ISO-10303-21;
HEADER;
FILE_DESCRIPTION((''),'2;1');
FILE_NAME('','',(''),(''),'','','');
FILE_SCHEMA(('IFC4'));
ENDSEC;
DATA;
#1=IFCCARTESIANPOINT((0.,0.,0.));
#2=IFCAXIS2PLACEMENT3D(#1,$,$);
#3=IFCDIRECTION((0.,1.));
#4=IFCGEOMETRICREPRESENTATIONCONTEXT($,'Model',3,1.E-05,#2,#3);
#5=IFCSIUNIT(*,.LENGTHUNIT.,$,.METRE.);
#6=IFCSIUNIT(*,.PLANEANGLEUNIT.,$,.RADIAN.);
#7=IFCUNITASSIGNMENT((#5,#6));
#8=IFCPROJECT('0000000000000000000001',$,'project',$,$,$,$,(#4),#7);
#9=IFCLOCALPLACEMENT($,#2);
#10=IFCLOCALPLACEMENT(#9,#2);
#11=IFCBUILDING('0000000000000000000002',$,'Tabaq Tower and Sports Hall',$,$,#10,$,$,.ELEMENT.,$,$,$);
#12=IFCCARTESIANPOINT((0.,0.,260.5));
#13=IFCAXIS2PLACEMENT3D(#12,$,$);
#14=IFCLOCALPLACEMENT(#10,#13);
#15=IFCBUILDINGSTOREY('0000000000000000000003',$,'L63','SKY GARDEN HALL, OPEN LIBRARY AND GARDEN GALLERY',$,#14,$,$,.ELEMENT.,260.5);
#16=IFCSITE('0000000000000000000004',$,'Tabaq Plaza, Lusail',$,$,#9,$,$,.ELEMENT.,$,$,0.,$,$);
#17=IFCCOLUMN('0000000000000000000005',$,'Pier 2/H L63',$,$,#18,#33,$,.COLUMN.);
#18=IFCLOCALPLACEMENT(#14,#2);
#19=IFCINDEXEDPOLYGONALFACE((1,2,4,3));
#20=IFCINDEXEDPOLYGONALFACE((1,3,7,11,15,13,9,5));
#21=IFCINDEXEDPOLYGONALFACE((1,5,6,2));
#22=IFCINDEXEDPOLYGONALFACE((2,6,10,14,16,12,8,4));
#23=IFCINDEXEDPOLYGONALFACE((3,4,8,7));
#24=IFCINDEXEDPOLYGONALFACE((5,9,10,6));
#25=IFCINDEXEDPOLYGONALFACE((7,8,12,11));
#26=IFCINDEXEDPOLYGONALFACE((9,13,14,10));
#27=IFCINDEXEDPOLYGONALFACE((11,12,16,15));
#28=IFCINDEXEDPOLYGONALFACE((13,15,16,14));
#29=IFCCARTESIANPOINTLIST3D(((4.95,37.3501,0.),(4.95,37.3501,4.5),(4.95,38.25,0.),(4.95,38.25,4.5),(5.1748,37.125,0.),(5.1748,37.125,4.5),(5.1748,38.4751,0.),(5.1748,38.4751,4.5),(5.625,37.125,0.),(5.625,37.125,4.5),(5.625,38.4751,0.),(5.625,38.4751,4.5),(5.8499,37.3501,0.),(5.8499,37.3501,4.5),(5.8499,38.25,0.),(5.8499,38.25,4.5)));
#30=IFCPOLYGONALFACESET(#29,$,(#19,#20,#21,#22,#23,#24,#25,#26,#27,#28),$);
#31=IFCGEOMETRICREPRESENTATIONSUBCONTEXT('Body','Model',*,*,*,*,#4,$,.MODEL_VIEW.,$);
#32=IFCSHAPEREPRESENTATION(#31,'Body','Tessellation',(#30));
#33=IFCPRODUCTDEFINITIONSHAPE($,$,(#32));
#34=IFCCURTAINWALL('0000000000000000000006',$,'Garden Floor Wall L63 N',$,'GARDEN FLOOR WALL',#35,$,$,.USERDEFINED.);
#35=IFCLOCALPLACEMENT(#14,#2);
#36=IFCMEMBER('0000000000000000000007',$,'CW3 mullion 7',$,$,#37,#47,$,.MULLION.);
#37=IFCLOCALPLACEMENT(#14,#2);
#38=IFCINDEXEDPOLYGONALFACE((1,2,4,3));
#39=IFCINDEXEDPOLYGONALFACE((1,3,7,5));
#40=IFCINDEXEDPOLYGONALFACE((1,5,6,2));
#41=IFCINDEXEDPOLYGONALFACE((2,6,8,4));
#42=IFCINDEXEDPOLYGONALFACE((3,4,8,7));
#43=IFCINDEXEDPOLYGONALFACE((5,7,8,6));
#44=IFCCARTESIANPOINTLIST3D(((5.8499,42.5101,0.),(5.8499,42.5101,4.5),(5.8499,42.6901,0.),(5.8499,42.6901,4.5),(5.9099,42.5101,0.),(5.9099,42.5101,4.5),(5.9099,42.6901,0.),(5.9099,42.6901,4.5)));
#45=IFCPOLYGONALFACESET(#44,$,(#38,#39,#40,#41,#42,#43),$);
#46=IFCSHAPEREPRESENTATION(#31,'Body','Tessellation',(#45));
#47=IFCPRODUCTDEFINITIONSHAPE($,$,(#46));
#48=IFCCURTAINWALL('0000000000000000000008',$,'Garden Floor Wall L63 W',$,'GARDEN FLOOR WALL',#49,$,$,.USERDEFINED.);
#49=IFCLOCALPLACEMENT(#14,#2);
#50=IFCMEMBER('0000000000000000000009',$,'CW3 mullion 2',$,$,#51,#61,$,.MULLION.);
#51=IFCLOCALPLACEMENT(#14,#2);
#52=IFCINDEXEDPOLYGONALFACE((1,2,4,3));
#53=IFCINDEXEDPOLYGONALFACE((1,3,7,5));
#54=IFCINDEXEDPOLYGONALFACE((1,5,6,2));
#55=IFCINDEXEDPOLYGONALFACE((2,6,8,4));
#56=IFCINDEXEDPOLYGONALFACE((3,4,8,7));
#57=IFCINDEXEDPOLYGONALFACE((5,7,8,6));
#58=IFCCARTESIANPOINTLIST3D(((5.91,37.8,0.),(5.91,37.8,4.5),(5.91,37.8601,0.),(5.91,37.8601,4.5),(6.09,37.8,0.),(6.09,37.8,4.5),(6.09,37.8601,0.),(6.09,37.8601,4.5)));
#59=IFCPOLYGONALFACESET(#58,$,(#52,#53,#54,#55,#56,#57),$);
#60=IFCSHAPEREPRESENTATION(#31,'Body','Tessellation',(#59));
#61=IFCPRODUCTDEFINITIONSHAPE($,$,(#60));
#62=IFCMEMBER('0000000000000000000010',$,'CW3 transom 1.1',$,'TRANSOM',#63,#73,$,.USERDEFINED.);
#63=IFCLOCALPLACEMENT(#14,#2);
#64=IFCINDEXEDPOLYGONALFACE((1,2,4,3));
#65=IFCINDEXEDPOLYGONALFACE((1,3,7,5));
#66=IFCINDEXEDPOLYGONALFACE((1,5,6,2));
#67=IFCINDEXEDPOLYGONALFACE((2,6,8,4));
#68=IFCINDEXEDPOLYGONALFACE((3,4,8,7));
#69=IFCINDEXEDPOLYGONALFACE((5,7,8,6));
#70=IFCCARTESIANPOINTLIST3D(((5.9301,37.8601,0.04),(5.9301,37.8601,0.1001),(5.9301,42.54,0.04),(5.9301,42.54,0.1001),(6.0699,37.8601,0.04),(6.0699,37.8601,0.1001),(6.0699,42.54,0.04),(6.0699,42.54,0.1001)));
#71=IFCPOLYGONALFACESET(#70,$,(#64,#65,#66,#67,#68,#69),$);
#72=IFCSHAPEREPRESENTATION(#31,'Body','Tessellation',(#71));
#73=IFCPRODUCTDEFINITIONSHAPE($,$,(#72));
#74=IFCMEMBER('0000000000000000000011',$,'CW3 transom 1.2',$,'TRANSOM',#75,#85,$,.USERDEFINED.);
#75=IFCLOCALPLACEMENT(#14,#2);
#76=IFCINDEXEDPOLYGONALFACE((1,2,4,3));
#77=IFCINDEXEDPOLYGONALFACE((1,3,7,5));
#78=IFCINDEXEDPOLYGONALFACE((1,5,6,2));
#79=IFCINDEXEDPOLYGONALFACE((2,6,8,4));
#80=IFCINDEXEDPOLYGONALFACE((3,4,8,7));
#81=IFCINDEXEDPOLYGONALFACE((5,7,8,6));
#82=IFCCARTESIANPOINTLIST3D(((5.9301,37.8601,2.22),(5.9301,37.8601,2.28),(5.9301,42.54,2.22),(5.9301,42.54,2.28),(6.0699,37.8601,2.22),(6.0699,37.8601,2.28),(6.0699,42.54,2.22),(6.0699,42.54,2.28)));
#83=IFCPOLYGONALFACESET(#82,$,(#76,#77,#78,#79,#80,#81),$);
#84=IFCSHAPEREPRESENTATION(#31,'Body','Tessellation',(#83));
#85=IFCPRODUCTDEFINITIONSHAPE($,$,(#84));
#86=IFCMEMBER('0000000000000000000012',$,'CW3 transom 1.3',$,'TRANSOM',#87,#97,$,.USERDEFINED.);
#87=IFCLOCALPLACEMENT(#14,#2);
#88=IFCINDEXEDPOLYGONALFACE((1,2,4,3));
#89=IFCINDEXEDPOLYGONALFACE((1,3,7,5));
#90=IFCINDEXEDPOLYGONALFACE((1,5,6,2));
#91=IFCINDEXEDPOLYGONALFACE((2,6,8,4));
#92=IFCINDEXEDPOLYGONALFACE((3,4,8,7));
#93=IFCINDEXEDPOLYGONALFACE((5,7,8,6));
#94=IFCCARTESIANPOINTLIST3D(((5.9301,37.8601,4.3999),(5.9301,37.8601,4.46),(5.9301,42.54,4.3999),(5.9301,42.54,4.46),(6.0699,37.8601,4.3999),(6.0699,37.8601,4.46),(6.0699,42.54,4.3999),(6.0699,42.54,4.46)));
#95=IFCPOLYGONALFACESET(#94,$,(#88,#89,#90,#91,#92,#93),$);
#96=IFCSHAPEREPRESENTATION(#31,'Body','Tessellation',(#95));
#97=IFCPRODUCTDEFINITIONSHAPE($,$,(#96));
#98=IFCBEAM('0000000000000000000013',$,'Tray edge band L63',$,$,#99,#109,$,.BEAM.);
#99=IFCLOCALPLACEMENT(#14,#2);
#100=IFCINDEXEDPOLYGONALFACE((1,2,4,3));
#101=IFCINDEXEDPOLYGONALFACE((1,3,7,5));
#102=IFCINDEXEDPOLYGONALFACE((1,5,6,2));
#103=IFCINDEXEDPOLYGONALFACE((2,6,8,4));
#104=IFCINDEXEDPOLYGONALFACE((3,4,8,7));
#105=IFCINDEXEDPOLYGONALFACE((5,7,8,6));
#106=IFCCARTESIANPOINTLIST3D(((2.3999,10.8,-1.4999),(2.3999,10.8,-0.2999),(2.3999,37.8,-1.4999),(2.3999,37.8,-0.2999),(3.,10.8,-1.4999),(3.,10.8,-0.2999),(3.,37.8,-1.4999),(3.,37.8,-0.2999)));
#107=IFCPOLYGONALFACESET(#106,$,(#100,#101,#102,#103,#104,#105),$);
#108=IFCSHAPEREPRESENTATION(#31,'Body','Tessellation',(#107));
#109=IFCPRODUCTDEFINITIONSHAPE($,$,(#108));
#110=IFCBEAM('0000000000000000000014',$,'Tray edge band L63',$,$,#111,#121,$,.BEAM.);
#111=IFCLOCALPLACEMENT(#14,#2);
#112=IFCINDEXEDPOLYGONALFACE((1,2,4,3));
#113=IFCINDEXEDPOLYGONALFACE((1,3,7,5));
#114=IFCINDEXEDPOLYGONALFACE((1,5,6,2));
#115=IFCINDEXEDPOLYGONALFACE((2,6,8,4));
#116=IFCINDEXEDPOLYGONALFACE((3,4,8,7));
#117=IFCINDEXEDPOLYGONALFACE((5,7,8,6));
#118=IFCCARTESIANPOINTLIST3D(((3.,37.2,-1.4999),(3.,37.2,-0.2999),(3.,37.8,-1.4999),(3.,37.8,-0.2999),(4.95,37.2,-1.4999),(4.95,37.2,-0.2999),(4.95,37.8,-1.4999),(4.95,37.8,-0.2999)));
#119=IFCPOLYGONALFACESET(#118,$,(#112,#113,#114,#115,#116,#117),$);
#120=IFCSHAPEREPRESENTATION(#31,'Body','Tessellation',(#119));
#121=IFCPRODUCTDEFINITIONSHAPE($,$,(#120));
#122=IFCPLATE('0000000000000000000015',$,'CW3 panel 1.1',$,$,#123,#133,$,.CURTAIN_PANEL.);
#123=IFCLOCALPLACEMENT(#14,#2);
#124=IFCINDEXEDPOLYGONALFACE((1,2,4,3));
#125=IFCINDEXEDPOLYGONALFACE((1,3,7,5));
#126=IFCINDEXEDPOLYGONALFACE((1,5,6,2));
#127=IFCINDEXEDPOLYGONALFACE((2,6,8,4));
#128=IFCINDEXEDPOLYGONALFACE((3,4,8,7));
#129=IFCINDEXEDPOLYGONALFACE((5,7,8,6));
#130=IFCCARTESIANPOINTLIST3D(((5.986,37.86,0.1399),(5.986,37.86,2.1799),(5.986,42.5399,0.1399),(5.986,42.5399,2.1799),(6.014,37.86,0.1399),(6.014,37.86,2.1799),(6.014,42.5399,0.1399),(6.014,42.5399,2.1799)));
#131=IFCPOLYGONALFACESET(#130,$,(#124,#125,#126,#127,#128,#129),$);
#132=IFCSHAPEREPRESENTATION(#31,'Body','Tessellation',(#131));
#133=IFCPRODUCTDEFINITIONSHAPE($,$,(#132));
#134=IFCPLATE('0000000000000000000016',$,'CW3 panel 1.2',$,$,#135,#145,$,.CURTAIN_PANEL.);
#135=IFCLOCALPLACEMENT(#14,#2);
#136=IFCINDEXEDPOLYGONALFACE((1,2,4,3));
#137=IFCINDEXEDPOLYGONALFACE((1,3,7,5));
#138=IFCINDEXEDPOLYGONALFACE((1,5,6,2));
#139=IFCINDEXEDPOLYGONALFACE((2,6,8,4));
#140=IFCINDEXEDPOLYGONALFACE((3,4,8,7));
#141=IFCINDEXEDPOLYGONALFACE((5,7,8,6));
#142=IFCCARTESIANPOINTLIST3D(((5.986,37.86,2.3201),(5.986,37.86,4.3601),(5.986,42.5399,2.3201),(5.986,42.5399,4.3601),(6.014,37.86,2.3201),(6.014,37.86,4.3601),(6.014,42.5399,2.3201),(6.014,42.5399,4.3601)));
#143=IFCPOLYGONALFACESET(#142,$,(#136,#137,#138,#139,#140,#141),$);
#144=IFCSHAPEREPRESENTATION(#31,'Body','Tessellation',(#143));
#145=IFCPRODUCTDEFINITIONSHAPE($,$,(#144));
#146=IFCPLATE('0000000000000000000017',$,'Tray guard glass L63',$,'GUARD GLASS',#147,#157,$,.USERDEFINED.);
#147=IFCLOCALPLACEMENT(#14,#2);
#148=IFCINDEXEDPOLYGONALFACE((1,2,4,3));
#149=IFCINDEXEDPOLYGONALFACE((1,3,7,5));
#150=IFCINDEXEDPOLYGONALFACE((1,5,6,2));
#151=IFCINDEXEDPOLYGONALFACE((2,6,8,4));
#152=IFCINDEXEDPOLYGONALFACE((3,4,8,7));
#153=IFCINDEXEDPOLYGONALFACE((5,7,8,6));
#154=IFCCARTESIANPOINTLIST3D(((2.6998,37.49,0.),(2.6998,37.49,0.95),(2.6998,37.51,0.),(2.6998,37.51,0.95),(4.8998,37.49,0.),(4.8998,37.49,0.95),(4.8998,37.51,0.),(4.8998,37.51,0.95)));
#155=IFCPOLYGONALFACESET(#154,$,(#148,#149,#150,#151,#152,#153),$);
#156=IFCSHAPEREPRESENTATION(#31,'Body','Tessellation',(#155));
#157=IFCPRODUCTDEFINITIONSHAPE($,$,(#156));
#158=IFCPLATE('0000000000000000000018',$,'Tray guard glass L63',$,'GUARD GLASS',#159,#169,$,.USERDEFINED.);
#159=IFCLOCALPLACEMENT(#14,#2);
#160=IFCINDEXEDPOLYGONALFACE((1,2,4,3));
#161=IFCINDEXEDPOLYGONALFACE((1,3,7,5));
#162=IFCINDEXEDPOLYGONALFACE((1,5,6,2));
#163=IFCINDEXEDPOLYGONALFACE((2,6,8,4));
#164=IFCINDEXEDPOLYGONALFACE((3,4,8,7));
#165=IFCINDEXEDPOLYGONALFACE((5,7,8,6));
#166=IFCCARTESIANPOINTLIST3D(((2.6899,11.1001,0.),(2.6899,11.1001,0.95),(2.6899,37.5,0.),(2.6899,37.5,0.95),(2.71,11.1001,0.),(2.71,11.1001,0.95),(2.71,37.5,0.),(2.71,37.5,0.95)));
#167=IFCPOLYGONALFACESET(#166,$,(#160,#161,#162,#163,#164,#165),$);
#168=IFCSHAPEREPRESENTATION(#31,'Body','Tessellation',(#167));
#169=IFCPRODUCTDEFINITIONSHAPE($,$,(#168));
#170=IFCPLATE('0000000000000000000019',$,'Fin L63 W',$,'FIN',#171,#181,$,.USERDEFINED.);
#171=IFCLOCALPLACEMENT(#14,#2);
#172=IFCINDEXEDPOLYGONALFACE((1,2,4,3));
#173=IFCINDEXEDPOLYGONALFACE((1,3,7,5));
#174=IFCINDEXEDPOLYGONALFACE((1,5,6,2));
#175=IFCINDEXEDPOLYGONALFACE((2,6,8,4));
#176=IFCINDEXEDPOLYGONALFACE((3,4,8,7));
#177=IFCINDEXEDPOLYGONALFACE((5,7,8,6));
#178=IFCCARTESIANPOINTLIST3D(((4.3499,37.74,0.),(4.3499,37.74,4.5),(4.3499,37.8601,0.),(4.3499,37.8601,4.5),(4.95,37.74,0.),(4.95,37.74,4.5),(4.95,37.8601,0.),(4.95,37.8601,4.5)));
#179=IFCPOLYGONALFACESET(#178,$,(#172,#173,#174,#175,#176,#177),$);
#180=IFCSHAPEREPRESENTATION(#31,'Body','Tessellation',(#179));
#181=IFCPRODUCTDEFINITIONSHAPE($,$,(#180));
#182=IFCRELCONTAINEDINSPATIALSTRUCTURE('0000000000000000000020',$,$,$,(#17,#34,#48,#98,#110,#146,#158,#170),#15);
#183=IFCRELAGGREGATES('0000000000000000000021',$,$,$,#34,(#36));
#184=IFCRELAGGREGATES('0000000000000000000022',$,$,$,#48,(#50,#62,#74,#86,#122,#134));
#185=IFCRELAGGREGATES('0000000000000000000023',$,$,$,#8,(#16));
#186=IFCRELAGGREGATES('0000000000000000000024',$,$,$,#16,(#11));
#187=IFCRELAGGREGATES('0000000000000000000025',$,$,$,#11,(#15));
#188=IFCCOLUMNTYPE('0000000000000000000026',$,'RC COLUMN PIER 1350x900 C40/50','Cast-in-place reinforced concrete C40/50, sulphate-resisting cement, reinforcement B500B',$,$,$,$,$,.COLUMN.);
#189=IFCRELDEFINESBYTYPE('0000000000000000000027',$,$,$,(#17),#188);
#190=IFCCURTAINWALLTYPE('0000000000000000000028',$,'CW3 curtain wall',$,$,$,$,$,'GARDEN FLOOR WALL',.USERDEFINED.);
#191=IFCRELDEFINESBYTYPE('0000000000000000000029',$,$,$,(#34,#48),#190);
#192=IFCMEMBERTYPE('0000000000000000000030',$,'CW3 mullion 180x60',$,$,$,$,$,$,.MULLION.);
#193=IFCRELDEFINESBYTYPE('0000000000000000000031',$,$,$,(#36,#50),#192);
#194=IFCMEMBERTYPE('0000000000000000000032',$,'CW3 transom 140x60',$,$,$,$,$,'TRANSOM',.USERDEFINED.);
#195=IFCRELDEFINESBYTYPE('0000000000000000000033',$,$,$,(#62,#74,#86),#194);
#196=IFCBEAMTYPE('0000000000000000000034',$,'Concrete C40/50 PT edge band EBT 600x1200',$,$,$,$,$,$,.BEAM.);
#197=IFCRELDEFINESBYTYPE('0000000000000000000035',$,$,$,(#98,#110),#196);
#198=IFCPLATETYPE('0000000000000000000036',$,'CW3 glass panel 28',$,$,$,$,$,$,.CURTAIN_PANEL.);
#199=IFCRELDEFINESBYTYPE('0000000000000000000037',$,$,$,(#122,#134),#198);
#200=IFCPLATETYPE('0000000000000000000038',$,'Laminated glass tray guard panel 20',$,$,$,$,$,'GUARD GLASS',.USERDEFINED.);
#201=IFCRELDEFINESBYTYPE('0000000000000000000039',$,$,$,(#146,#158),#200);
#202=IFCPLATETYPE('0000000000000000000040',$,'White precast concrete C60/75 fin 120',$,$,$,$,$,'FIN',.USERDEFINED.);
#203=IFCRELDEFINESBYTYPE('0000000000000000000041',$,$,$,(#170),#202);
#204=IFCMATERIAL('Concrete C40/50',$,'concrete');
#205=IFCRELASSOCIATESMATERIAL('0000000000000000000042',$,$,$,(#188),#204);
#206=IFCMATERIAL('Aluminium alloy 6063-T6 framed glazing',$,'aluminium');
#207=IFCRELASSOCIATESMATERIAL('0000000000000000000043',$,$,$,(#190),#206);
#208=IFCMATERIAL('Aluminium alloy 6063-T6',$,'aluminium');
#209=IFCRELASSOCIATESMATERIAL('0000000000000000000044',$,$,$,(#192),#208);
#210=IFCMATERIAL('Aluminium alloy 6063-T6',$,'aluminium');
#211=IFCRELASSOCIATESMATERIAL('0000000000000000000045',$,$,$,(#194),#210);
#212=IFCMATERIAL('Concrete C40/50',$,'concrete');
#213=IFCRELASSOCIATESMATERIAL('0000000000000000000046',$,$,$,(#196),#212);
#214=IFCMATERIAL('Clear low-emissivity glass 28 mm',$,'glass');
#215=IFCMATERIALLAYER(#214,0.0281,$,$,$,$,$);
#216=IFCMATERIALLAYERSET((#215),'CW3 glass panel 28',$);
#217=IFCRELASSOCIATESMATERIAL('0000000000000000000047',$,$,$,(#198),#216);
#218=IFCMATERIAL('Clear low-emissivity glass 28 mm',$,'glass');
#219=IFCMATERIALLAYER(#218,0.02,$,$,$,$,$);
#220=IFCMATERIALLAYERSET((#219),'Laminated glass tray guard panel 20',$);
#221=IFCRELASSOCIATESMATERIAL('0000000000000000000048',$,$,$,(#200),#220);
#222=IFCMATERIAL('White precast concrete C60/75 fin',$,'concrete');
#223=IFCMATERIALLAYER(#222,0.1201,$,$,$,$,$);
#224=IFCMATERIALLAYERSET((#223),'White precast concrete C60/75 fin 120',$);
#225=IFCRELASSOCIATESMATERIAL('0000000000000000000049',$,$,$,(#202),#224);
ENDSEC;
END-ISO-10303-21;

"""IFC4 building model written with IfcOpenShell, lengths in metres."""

from ifc_helpers import new_model, si_unit, direction, frame, frame_2d, origin, origin_2d, place, context, subcontext, project, spatial, polyline, rectangle, outline, extrude, material, layer, layer_set, material_profile, profile_set, type_object, element, aggregate, save


model = new_model("IFC4")

# Units and contexts
model_context = context("Model", 3, precision=1e-05, world=origin(), true_north=direction((0.0, 1.0)))
body_context = subcontext(model_context, "Body", "Model", "MODEL_VIEW")
ifc_project = project(units=[si_unit("LENGTHUNIT", "METRE"), si_unit("PLANEANGLEUNIT", "RADIAN")], contexts=[model_context])

# Site, building, storey
site_placement = place(None, origin())
site = spatial("IfcSite", under=ifc_project, at=site_placement, Name="Tabaq Plaza, Lusail", CompositionType="ELEMENT", RefElevation=0.0)
building_placement = place(site_placement, origin())
building = spatial("IfcBuilding", under=site, at=building_placement, Name="Tabaq Tower and Sports Hall", CompositionType="ELEMENT")
storey_placement = place(building_placement, frame((0.0, 0.0, 260.5)))
storey = spatial("IfcBuildingStorey", under=building, at=storey_placement, Name="L63", Description="SKY GARDEN HALL, OPEN LIBRARY AND GARDEN GALLERY", CompositionType="ELEMENT", Elevation=260.5)

# Column
ifc_material_1 = material(Name="Concrete C40/50", Category="concrete")
ifc_material_profile_1 = material_profile(ifc_material_1, outline(polyline([(-0.45, -0.45), (0.45, -0.45), (0.675, -0.2251), (0.675, 0.2251), (0.45, 0.45), (-0.45, 0.45), (-0.675, 0.2251), (-0.675, -0.2251), (-0.45, -0.45)])), Name="PIER 1350x900")
ifc_profile_set_1 = profile_set([ifc_material_profile_1], Name="Concrete C40/50")
column_type = type_object("IfcColumnType", Name="RC COLUMN PIER 1350x900 C40/50", Description="Cast-in-place reinforced concrete C40/50, sulphate-resisting cement, reinforcement B500B", PredefinedType="COLUMN", material=ifc_profile_set_1)
column_placement = place(storey_placement, frame((5.3999, 37.8, 0.0), z_axis=(0.0, 0.0, 1.0), x_axis=(0.0, 1.0, 0.0)))
element("IfcColumn", 1, at=column_placement, inside=storey, type_object=column_type, Name="Pier 2/H L63", PredefinedType="COLUMN", context=body_context, shape_type="SweptSolid", body=[
    extrude(outline(polyline([(-0.45, -0.45), (0.45, -0.45), (0.675, -0.2251), (0.675, 0.2251), (0.45, 0.45), (-0.45, 0.45), (-0.675, 0.2251), (-0.675, -0.2251), (-0.45, -0.45)])), origin(), (0.0, 0.0, 1.0), 4.5),
])

# Curtain wall, member
ifc_material_2 = material(Name="Aluminium alloy 6063-T6 framed glazing", Category="aluminium")
curtain_wall_type = type_object("IfcCurtainWallType", Name="CW3 curtain wall", ElementType="GARDEN FLOOR WALL", PredefinedType="USERDEFINED", material=ifc_material_2)
curtain_wall_1_placement = place(storey_placement, origin())
curtain_wall_1 = element("IfcCurtainWall", 2, at=curtain_wall_1_placement, inside=storey, type_object=curtain_wall_type, Name="Garden Floor Wall L63 N", ObjectType="GARDEN FLOOR WALL", PredefinedType="USERDEFINED")
ifc_material_3 = material(Name="Aluminium alloy 6063-T6", Category="aluminium")
ifc_material_profile_2 = material_profile(ifc_material_3, rectangle(XDim=0.1799, YDim=0.0601, at=origin_2d()), Name="MULLION 180x60")
ifc_profile_set_2 = profile_set([ifc_material_profile_2], Name="Aluminium alloy 6063-T6")
member_type_1 = type_object("IfcMemberType", Name="CW3 mullion 180x60", PredefinedType="MULLION", material=ifc_profile_set_2)
member_1_placement = place(storey_placement, frame((5.8799, 42.6001, 0.0), z_axis=(0.0, 0.0, 1.0), x_axis=(0.0, -1.0, 0.0)))
member_1 = element("IfcMember", 3, at=member_1_placement, type_object=member_type_1, Name="CW3 mullion 7", PredefinedType="MULLION", context=body_context, shape_type="SweptSolid", body=[
    extrude(rectangle(XDim=0.1799, YDim=0.0601, at=origin_2d()), origin(), (0.0, 0.0, 1.0), 4.5),
])
aggregate(curtain_wall_1, [member_1])

# Curtain wall, members
curtain_wall_2_placement = place(storey_placement, origin())
curtain_wall_2 = element("IfcCurtainWall", 4, at=curtain_wall_2_placement, inside=storey, type_object=curtain_wall_type, Name="Garden Floor Wall L63 W", ObjectType="GARDEN FLOOR WALL", PredefinedType="USERDEFINED")
member_2_placement = place(storey_placement, frame((6.0, 37.8301, 0.0), z_axis=(0.0, 0.0, 1.0), x_axis=(1.0, 0.0, 0.0)))
member_2 = element("IfcMember", 5, at=member_2_placement, type_object=member_type_1, Name="CW3 mullion 2", PredefinedType="MULLION", context=body_context, shape_type="SweptSolid", body=[
    extrude(rectangle(XDim=0.1799, YDim=0.0601, at=origin_2d()), origin(), (0.0, 0.0, 1.0), 4.5),
])
ifc_material_4 = material(Name="Aluminium alloy 6063-T6", Category="aluminium")
ifc_material_profile_3 = material_profile(ifc_material_4, rectangle(XDim=0.1399, YDim=0.0601, at=origin_2d()), Name="TRANSOM 140x60")
ifc_profile_set_3 = profile_set([ifc_material_profile_3], Name="Aluminium alloy 6063-T6")
member_type_2 = type_object("IfcMemberType", Name="CW3 transom 140x60", ElementType="TRANSOM", PredefinedType="USERDEFINED", material=ifc_profile_set_3)
member_3_placement = place(storey_placement, frame((6.0, 42.54, 0.0701), z_axis=(0.0, -1.0, 0.0), x_axis=(1.0, 0.0, 0.0)))
member_3 = element("IfcMember", 6, at=member_3_placement, type_object=member_type_2, Name="CW3 transom 1.1", ObjectType="TRANSOM", PredefinedType="USERDEFINED", context=body_context, shape_type="SweptSolid", body=[
    extrude(rectangle(XDim=0.1399, YDim=0.0601, at=origin_2d()), origin(), (0.0, 0.0, 1.0), 4.6799),
])
member_4_placement = place(storey_placement, frame((6.0, 42.54, 2.25), z_axis=(0.0, -1.0, 0.0), x_axis=(1.0, 0.0, 0.0)))
member_4 = element("IfcMember", 7, at=member_4_placement, type_object=member_type_2, Name="CW3 transom 1.2", ObjectType="TRANSOM", PredefinedType="USERDEFINED", context=body_context, shape_type="SweptSolid", body=[
    extrude(rectangle(XDim=0.1399, YDim=0.0601, at=origin_2d()), origin(), (0.0, 0.0, 1.0), 4.6799),
])
member_5_placement = place(storey_placement, frame((6.0, 42.54, 4.4299), z_axis=(0.0, -1.0, 0.0), x_axis=(1.0, 0.0, 0.0)))
member_5 = element("IfcMember", 8, at=member_5_placement, type_object=member_type_2, Name="CW3 transom 1.3", ObjectType="TRANSOM", PredefinedType="USERDEFINED", context=body_context, shape_type="SweptSolid", body=[
    extrude(rectangle(XDim=0.1399, YDim=0.0601, at=origin_2d()), origin(), (0.0, 0.0, 1.0), 4.6799),
])

# Beams
ifc_material_5 = material(Name="Concrete C40/50", Category="concrete")
ifc_material_profile_4 = material_profile(ifc_material_5, rectangle(XDim=0.6001, YDim=1.2, at=origin_2d()), Name="EBT 600x1200")
ifc_profile_set_4 = profile_set([ifc_material_profile_4], Name="Concrete C40/50")
beam_type = type_object("IfcBeamType", Name="Concrete C40/50 PT edge band EBT 600x1200", PredefinedType="BEAM", material=ifc_profile_set_4)
beam_1_placement = place(storey_placement, frame((2.7, 37.8, -0.8999), z_axis=(0.0, -1.0, 0.0), x_axis=(1.0, 0.0, 0.0)))
element("IfcBeam", 9, at=beam_1_placement, inside=storey, type_object=beam_type, Name="Tray edge band L63", PredefinedType="BEAM", context=body_context, shape_type="SweptSolid", body=[
    extrude(rectangle(XDim=0.6001, YDim=1.2, at=origin_2d()), origin(), (0.0, 0.0, 1.0), 27.0),
])
beam_2_placement = place(storey_placement, frame((4.95, 37.5, -0.8999), z_axis=(-1.0, 0.0, 0.0), x_axis=(0.0, -1.0, 0.0)))
element("IfcBeam", 10, at=beam_2_placement, inside=storey, type_object=beam_type, Name="Tray edge band L63", PredefinedType="BEAM", context=body_context, shape_type="SweptSolid", body=[
    extrude(rectangle(XDim=0.6001, YDim=1.2, at=origin_2d()), origin(), (0.0, 0.0, 1.0), 1.95),
])

# Plates
ifc_material_6 = material(Name="Clear low-emissivity glass 28 mm", Category="glass")
ifc_layer_1 = layer(ifc_material_6, 0.0281)
ifc_layer_set_1 = layer_set([ifc_layer_1], Name="CW3 glass panel 28")
plate_type_1 = type_object("IfcPlateType", Name="CW3 glass panel 28", PredefinedType="CURTAIN_PANEL", material=ifc_layer_set_1)
plate_1_placement = place(storey_placement, frame((6.0, 40.2, 0.1399), z_axis=(0.0, 0.0, 1.0), x_axis=(0.0, -1.0, 0.0)))
plate_1 = element("IfcPlate", 11, at=plate_1_placement, type_object=plate_type_1, Name="CW3 panel 1.1", PredefinedType="CURTAIN_PANEL", context=body_context, shape_type="SweptSolid", body=[
    extrude(rectangle(XDim=4.6799, YDim=0.0281, at=origin_2d()), origin(), (0.0, 0.0, 1.0), 2.04),
])
plate_2_placement = place(storey_placement, frame((6.0, 40.2, 2.3201), z_axis=(0.0, 0.0, 1.0), x_axis=(0.0, -1.0, 0.0)))
plate_2 = element("IfcPlate", 12, at=plate_2_placement, type_object=plate_type_1, Name="CW3 panel 1.2", PredefinedType="CURTAIN_PANEL", context=body_context, shape_type="SweptSolid", body=[
    extrude(rectangle(XDim=4.6799, YDim=0.0281, at=origin_2d()), origin(), (0.0, 0.0, 1.0), 2.04),
])
aggregate(curtain_wall_2, [member_2, member_3, member_4, member_5, plate_1, plate_2])

# Plates
ifc_material_7 = material(Name="Clear low-emissivity glass 28 mm", Category="glass")
ifc_layer_2 = layer(ifc_material_7, 0.02)
ifc_layer_set_2 = layer_set([ifc_layer_2], Name="Laminated glass tray guard panel 20")
plate_type_2 = type_object("IfcPlateType", Name="Laminated glass tray guard panel 20", ElementType="GUARD GLASS", PredefinedType="USERDEFINED", material=ifc_layer_set_2)
plate_3_placement = place(storey_placement, frame((4.8999, 37.5, 0.0), z_axis=(0.0, 0.0, 1.0), x_axis=(-1.0, 0.0, 0.0)))
element("IfcPlate", 13, at=plate_3_placement, inside=storey, type_object=plate_type_2, Name="Tray guard glass L63", ObjectType="GUARD GLASS", PredefinedType="USERDEFINED", context=body_context, shape_type="SweptSolid", body=[
    extrude(rectangle(XDim=2.2, YDim=0.02, at=frame_2d((1.1001, 0.0))), origin(), (0.0, 0.0, 1.0), 0.95),
])
plate_4_placement = place(storey_placement, frame((2.7, 37.5, 0.0), z_axis=(0.0, 0.0, 1.0), x_axis=(0.0, -1.0, 0.0)))
element("IfcPlate", 14, at=plate_4_placement, inside=storey, type_object=plate_type_2, Name="Tray guard glass L63", ObjectType="GUARD GLASS", PredefinedType="USERDEFINED", context=body_context, shape_type="SweptSolid", body=[
    extrude(rectangle(XDim=26.3999, YDim=0.02, at=frame_2d((13.2, 0.0))), origin(), (0.0, 0.0, 1.0), 0.95),
])
ifc_material_8 = material(Name="White precast concrete C60/75 fin", Category="concrete")
ifc_layer_3 = layer(ifc_material_8, 0.1201)
ifc_layer_set_3 = layer_set([ifc_layer_3], Name="White precast concrete C60/75 fin 120")
plate_type_3 = type_object("IfcPlateType", Name="White precast concrete C60/75 fin 120", ElementType="FIN", PredefinedType="USERDEFINED", material=ifc_layer_set_3)
plate_5_placement = place(storey_placement, frame((4.6499, 37.8, 0.0), z_axis=(0.0, 0.0, 1.0), x_axis=(0.0, -1.0, 0.0)))
element("IfcPlate", 15, at=plate_5_placement, inside=storey, type_object=plate_type_3, Name="Fin L63 W", ObjectType="FIN", PredefinedType="USERDEFINED", context=body_context, shape_type="SweptSolid", body=[
    extrude(rectangle(XDim=0.1201, YDim=0.6001, at=origin_2d()), origin(), (0.0, 0.0, 1.0), 4.5),
])

save(model, "model.ifc")
